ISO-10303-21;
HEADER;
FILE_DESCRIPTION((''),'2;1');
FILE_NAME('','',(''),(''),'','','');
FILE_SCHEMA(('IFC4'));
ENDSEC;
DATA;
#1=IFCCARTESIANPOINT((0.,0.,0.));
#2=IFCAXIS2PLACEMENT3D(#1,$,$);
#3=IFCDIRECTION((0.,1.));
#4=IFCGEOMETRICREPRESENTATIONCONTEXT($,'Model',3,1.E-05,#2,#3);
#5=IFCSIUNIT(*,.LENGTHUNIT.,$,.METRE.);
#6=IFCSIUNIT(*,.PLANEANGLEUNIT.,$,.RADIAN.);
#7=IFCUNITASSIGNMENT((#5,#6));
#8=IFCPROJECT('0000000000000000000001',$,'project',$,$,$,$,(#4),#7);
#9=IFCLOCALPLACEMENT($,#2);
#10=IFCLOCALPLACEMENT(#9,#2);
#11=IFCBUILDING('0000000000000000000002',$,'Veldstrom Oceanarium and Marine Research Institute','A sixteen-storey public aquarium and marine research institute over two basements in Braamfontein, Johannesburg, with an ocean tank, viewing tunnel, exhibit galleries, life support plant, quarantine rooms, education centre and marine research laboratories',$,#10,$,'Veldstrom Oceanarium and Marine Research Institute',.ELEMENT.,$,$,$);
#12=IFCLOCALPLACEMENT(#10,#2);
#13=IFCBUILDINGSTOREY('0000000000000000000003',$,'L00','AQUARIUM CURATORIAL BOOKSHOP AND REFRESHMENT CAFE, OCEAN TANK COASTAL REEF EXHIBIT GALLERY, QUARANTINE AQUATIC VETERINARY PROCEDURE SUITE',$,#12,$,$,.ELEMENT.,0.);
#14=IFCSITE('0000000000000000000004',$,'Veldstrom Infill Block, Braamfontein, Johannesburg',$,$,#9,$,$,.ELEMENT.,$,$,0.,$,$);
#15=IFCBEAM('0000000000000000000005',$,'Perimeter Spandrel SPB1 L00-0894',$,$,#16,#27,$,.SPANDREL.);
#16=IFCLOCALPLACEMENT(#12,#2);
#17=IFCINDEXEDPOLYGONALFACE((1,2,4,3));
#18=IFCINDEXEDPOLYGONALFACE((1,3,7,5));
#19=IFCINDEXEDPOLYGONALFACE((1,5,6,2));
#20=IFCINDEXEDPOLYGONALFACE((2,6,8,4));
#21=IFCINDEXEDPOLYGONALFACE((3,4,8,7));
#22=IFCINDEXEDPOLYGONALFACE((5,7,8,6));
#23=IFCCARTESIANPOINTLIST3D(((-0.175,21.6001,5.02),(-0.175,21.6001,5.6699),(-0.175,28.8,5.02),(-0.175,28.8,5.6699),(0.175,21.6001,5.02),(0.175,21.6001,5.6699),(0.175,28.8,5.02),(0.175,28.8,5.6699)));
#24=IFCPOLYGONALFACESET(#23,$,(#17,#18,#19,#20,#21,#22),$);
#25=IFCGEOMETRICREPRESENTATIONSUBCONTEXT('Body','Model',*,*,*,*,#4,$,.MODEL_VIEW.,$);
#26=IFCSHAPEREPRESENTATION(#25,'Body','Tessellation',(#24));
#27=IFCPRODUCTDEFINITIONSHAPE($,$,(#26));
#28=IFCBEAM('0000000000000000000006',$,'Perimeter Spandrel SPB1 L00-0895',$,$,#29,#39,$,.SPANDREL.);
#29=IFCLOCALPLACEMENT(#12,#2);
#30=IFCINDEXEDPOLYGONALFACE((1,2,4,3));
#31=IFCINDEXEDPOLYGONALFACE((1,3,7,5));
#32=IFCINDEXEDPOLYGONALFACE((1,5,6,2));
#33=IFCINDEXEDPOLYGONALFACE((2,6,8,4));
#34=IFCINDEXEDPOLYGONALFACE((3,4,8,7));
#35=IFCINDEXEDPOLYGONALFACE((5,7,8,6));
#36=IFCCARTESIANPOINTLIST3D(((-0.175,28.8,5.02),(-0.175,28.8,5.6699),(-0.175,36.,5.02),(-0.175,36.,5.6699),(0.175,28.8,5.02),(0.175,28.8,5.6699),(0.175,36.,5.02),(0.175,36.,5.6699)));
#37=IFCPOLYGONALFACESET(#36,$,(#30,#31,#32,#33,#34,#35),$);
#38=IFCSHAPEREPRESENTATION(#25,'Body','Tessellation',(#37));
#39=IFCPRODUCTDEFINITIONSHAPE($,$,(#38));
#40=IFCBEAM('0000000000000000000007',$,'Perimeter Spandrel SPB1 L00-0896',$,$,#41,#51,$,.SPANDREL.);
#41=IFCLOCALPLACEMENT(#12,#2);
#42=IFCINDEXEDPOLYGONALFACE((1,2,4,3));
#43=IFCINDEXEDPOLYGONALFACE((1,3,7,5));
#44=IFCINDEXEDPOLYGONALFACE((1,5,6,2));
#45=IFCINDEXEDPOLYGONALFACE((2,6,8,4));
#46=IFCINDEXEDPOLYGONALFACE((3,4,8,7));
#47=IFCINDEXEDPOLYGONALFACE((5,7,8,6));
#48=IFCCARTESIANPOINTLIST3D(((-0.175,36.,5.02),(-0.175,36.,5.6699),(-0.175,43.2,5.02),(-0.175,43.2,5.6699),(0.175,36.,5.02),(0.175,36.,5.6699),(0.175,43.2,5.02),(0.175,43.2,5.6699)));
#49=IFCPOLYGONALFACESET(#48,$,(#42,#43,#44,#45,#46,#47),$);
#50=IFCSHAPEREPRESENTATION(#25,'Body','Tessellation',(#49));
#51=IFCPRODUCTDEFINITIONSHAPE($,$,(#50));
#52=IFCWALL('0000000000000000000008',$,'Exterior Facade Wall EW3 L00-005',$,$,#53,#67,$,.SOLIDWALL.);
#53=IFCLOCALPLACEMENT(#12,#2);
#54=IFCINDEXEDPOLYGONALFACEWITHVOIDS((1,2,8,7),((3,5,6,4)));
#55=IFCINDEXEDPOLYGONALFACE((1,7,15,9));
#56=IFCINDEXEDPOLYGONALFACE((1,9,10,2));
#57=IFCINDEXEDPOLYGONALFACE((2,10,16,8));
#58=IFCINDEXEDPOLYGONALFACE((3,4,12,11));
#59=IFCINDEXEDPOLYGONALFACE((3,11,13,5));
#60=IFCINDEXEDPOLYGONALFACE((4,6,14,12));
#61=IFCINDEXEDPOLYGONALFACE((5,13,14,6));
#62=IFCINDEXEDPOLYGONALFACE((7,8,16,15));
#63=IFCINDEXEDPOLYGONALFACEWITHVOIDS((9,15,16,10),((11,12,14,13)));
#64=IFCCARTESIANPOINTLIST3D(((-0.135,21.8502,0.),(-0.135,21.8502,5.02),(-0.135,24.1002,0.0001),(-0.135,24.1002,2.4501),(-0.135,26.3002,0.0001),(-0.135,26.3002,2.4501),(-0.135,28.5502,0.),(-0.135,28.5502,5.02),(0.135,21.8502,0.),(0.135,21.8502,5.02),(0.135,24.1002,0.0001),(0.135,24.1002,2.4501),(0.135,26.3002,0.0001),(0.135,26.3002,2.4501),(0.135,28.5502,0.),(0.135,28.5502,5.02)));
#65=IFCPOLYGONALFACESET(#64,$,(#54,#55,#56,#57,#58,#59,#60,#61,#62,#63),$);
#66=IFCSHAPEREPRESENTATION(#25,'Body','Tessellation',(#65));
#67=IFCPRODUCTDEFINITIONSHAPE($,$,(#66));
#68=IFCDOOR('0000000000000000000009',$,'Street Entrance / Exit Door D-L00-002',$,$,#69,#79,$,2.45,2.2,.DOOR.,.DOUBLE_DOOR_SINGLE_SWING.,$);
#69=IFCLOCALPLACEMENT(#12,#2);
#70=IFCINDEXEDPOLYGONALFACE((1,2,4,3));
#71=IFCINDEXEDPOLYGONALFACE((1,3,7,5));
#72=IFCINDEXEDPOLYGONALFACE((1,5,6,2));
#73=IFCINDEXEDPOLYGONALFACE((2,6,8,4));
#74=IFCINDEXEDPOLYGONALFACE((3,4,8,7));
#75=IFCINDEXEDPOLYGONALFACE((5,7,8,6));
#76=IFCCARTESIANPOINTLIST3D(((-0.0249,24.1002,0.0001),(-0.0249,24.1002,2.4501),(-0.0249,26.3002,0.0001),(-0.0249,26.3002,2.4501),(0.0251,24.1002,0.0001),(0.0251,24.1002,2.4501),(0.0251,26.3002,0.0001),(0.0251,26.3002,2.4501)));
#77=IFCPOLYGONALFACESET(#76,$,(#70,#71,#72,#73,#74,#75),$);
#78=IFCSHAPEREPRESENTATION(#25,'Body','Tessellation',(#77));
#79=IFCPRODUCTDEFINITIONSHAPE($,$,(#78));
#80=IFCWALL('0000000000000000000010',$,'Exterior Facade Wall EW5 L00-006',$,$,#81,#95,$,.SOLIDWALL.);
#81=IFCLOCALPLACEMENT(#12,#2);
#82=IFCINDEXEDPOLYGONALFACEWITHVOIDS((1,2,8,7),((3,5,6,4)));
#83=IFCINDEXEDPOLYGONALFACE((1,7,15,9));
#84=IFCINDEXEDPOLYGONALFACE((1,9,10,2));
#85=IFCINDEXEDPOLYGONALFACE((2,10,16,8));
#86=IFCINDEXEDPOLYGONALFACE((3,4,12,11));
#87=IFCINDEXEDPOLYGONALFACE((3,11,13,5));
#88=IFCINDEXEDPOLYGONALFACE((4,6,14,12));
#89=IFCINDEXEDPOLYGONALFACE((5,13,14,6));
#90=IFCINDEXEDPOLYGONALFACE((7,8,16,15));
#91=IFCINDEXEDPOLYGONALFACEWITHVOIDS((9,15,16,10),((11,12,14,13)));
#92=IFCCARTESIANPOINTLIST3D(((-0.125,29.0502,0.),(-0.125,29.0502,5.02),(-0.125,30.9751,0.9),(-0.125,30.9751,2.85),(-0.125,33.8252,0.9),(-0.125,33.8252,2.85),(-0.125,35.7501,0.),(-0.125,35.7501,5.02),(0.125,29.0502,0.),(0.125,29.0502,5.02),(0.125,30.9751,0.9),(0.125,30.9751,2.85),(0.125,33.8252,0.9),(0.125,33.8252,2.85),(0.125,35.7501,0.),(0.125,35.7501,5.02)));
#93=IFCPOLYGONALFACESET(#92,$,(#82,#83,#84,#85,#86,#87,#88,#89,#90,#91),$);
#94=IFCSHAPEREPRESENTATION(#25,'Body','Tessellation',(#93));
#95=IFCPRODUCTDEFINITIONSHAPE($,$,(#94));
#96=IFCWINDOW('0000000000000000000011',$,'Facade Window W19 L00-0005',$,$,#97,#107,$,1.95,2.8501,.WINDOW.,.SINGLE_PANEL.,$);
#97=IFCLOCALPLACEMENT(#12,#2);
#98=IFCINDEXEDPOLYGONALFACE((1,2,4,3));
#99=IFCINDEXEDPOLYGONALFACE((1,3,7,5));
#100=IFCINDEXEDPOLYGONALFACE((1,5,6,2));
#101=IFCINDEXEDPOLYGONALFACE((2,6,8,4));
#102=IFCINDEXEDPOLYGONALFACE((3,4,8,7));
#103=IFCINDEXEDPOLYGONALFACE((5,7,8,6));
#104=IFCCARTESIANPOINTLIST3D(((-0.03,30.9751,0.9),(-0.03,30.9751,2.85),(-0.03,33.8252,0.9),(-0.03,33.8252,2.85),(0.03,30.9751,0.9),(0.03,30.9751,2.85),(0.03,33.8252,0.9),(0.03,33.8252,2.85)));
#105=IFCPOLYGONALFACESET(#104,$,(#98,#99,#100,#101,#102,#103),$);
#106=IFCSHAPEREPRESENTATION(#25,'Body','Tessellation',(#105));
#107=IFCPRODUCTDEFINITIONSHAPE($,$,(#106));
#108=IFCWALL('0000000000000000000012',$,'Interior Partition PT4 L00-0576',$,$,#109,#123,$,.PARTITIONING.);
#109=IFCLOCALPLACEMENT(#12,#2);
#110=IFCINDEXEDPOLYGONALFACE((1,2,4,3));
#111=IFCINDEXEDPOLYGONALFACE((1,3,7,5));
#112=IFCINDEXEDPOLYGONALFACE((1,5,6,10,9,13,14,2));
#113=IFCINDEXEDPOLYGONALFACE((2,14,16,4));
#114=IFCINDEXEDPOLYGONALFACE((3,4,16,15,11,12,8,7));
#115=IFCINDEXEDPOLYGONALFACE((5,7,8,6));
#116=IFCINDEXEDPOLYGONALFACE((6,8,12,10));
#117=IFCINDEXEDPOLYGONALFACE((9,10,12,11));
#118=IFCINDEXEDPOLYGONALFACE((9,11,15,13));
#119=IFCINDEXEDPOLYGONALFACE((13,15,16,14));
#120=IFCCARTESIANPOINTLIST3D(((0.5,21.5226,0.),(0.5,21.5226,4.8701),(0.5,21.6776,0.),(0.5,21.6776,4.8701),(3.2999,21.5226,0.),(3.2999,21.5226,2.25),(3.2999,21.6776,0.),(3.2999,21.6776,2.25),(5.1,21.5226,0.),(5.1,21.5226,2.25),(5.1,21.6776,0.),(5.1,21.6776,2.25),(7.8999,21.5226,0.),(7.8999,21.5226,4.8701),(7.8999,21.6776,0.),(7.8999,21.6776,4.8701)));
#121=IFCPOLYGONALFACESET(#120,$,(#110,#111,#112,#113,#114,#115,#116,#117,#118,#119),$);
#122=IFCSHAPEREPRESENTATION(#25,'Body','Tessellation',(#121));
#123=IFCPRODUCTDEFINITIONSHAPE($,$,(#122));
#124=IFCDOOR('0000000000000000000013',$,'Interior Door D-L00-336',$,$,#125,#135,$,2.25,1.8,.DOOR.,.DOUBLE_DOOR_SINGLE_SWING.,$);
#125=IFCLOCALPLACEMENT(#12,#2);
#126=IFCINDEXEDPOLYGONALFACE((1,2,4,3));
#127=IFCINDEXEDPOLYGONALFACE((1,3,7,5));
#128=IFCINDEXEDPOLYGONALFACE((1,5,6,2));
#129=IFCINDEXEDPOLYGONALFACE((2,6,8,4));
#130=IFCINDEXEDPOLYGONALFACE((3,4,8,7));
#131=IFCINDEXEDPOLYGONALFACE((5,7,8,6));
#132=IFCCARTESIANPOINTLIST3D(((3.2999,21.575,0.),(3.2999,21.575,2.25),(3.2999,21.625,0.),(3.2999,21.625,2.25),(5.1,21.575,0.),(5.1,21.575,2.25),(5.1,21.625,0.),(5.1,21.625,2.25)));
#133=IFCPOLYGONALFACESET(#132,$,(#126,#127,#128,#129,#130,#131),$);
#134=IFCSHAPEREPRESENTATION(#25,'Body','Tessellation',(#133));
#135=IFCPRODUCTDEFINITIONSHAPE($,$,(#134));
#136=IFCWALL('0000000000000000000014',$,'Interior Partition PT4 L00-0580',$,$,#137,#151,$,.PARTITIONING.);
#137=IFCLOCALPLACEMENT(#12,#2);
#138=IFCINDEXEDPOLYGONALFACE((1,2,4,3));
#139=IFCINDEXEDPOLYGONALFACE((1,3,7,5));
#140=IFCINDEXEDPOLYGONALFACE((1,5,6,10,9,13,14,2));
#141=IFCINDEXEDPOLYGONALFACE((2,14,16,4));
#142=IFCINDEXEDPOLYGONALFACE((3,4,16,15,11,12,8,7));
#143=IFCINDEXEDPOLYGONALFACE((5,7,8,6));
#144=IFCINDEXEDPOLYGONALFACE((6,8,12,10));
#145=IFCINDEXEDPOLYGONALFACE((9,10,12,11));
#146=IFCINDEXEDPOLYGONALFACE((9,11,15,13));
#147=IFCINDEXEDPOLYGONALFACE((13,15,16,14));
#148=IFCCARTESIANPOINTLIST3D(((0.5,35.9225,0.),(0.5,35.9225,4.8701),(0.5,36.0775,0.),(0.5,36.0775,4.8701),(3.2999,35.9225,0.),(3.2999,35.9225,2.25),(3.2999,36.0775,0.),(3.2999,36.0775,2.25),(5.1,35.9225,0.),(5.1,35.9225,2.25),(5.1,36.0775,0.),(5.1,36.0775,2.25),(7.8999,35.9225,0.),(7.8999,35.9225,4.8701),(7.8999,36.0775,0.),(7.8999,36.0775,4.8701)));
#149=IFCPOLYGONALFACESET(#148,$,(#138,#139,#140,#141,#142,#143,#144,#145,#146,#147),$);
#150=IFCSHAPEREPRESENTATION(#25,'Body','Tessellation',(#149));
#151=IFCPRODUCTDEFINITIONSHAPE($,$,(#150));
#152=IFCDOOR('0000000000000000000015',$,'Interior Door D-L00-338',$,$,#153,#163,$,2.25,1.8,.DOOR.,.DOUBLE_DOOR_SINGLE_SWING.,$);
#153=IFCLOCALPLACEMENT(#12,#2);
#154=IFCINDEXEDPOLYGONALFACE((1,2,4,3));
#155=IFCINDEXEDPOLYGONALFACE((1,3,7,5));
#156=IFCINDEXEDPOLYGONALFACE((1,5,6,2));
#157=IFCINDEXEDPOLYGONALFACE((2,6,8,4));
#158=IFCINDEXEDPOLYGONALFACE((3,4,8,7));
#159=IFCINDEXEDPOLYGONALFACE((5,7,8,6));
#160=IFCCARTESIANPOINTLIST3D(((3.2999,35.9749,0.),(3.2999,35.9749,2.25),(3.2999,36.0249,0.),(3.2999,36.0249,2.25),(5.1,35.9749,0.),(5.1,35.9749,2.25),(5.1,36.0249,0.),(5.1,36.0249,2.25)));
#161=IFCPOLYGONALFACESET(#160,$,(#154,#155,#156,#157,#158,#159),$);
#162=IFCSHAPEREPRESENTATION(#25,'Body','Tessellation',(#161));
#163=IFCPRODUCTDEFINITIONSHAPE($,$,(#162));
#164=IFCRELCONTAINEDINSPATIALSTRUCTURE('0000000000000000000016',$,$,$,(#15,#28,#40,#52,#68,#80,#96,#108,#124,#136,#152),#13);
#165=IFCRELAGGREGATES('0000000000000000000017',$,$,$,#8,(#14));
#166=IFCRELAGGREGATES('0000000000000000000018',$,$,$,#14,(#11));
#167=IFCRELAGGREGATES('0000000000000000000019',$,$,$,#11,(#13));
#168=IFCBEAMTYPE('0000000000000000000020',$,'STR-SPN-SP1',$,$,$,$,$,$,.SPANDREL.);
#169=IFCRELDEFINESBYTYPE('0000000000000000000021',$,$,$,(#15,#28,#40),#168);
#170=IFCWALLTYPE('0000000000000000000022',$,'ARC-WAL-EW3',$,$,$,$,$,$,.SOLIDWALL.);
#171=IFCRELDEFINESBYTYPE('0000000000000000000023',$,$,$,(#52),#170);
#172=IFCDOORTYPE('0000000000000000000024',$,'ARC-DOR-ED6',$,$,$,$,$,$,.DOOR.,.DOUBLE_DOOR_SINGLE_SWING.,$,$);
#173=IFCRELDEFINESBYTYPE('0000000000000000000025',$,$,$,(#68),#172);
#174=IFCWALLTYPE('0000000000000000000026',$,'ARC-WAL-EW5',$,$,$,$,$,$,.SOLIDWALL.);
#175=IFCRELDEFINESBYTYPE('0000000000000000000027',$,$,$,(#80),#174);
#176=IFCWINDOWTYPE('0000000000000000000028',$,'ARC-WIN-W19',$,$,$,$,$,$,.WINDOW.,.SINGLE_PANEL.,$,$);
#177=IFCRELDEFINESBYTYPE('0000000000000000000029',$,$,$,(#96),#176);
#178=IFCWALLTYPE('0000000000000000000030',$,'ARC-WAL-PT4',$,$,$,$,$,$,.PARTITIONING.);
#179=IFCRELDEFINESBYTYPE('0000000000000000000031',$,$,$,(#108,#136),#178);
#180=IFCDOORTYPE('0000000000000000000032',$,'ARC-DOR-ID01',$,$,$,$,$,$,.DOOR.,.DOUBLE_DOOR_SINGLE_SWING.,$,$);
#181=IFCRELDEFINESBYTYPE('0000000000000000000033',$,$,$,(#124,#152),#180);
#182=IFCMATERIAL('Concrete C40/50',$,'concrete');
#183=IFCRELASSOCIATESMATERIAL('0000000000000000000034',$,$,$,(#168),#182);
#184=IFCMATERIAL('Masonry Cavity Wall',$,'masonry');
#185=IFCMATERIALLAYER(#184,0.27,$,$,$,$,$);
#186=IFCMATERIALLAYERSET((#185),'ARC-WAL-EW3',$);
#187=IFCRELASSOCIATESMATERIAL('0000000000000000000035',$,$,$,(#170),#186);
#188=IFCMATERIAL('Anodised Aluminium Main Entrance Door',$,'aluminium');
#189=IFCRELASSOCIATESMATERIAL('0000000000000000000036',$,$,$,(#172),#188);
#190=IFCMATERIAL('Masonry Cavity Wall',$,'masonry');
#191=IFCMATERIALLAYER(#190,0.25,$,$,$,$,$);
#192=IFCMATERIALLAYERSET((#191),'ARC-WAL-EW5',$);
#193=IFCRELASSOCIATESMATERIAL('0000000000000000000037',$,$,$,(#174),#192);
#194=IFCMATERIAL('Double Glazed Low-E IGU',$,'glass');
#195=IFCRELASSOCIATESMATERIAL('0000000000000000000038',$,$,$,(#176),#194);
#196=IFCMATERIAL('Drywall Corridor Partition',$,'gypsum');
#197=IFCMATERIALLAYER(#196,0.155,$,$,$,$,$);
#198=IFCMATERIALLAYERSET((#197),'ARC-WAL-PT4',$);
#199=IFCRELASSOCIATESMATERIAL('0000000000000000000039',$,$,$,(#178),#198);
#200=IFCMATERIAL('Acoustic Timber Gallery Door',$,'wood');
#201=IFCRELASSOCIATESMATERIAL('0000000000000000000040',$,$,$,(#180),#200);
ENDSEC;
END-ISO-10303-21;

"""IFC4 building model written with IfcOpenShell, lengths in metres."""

from ifc_helpers import new_model, si_unit, direction, frame, frame_2d, origin, origin_2d, place, context, subcontext, project, spatial, rectangle, extrude, material, layer, layer_set, material_profile, profile_set, type_object, element, fill, save


model = new_model("IFC4")

# Units and contexts
model_context = context("Model", 3, precision=1e-05, world=origin(), true_north=direction((0.0, 1.0)))
body_context = subcontext(model_context, "Body", "Model", "MODEL_VIEW")
ifc_project = project(units=[si_unit("LENGTHUNIT", "METRE"), si_unit("PLANEANGLEUNIT", "RADIAN")], contexts=[model_context])

# Site, building, storey
site_placement = place(None, origin())
site = spatial("IfcSite", under=ifc_project, at=site_placement, Name="Veldstrom Infill Block, Braamfontein, Johannesburg", CompositionType="ELEMENT", RefElevation=0.0)
building_placement = place(site_placement, origin())
building = spatial("IfcBuilding", under=site, at=building_placement, Name="Veldstrom Oceanarium and Marine Research Institute", Description="A sixteen-storey public aquarium and marine research institute over two basements in Braamfontein, Johannesburg, with an ocean tank, viewing tunnel, exhibit galleries, life support plant, quarantine rooms, education centre and marine research laboratories", LongName="Veldstrom Oceanarium and Marine Research Institute", CompositionType="ELEMENT")
storey_placement = place(building_placement, origin())
storey = spatial("IfcBuildingStorey", under=building, at=storey_placement, Name="L00", Description="AQUARIUM CURATORIAL BOOKSHOP AND REFRESHMENT CAFE, OCEAN TANK COASTAL REEF EXHIBIT GALLERY, QUARANTINE AQUATIC VETERINARY PROCEDURE SUITE", CompositionType="ELEMENT", Elevation=0.0)

# Beams
ifc_material_1 = material(Name="Concrete C40/50", Category="concrete")
ifc_material_profile_1 = material_profile(ifc_material_1, rectangle(XDim=0.3501, YDim=0.6499, at=origin_2d()), Name="RC-SPN-350x650")
ifc_profile_set_1 = profile_set([ifc_material_profile_1], Name="Concrete C40/50")
beam_type_1 = type_object("IfcBeamType", Name="STR-SPN-SP1", PredefinedType="SPANDREL", material=ifc_profile_set_1)
for number, where, z_axis, x_axis, name in (
    (1, (0.0, 21.6001, 5.345), (0.0, 1.0, 0.0), (-1.0, 0.0, 0.0), "Perimeter Spandrel SPB1 L00-0894"),
    (2, (0.0, 28.8, 5.345), (0.0, 1.0, 0.0), (-1.0, 0.0, 0.0), "Perimeter Spandrel SPB1 L00-0895"),
    (3, (0.0, 36.0, 5.345), (0.0, 1.0, 0.0), (-1.0, 0.0, 0.0), "Perimeter Spandrel SPB1 L00-0896"),
):
    element("IfcBeam", number, at=place(storey_placement, frame(where, z_axis=z_axis, x_axis=x_axis)), inside=storey, type_object=beam_type_1, Name=name, PredefinedType="SPANDREL", context=body_context, shape_type="SweptSolid", body=[
        extrude(rectangle(XDim=0.3501, YDim=0.6499, at=origin_2d()), origin(), (0.0, 0.0, 1.0), 7.2),
    ])

# Wall, opening, door
ifc_material_2 = material(Name="Masonry Cavity Wall", Category="masonry")
ifc_layer_1 = layer(ifc_material_2, 0.27)
ifc_layer_set_1 = layer_set([ifc_layer_1], Name="ARC-WAL-EW3")
wall_type_1 = type_object("IfcWallType", Name="ARC-WAL-EW3", PredefinedType="SOLIDWALL", material=ifc_layer_set_1)
wall_1_placement = place(storey_placement, frame((0.0, 21.8501, 0.0), z_axis=(0.0, 0.0, 1.0), x_axis=(0.0, 1.0, 0.0)))
wall_1 = element("IfcWall", 4, at=wall_1_placement, inside=storey, type_object=wall_type_1, Name="Exterior Facade Wall EW3 L00-005", PredefinedType="SOLIDWALL", context=body_context, shape_type="SweptSolid", body=[
    extrude(rectangle(XDim=6.7, YDim=0.27, at=frame_2d((3.3501, 0.0))), origin(), (0.0, 0.0, 1.0), 5.02),
])
opening_1_placement = place(wall_1_placement, frame((2.25, 0.0, 0.0)))
opening_1 = element("IfcOpeningElement", 5, at=opening_1_placement, cuts=wall_1, PredefinedType="OPENING", context=body_context, shape_type="SweptSolid", body=[
    extrude(rectangle(XDim=2.2, YDim=2.45, at=frame_2d((1.1001, 1.2251))), frame((0.0, 0.145, 0.0), z_axis=(0.0, -1.0, 0.0), x_axis=(1.0, 0.0, 0.0)), (0.0, 0.0, 1.0), 0.29),
])
ifc_material_3 = material(Name="Anodised Aluminium Main Entrance Door", Category="aluminium")
door_type_1 = type_object("IfcDoorType", Name="ARC-DOR-ED6", OperationType="DOUBLE_DOOR_SINGLE_SWING", PredefinedType="DOOR", material=ifc_material_3)
door_1_placement = place(opening_1_placement, origin())
door_1 = element("IfcDoor", 6, at=door_1_placement, inside=storey, type_object=door_type_1, Name="Street Entrance / Exit Door D-L00-002", OperationType="DOUBLE_DOOR_SINGLE_SWING", OverallHeight=2.45, OverallWidth=2.2, PredefinedType="DOOR", context=body_context, shape_type="SweptSolid", body=[
    extrude(rectangle(XDim=2.2, YDim=2.45, at=frame_2d((1.1001, 1.2251))), frame((0.0, 0.0249, 0.0), z_axis=(0.0, -1.0, 0.0), x_axis=(1.0, 0.0, 0.0)), (0.0, 0.0, 1.0), 0.05),
])
fill(opening_1, door_1)

# Wall, opening, window
ifc_material_4 = material(Name="Masonry Cavity Wall", Category="masonry")
ifc_layer_2 = layer(ifc_material_4, 0.25)
ifc_layer_set_2 = layer_set([ifc_layer_2], Name="ARC-WAL-EW5")
wall_type_2 = type_object("IfcWallType", Name="ARC-WAL-EW5", PredefinedType="SOLIDWALL", material=ifc_layer_set_2)
wall_2_placement = place(storey_placement, frame((0.0, 29.05, 0.0), z_axis=(0.0, 0.0, 1.0), x_axis=(0.0, 1.0, 0.0)))
wall_2 = element("IfcWall", 7, at=wall_2_placement, inside=storey, type_object=wall_type_2, Name="Exterior Facade Wall EW5 L00-006", PredefinedType="SOLIDWALL", context=body_context, shape_type="SweptSolid", body=[
    extrude(rectangle(XDim=6.7, YDim=0.25, at=frame_2d((3.3501, 0.0))), origin(), (0.0, 0.0, 1.0), 5.02),
])
opening_2_placement = place(wall_2_placement, frame((1.925, 0.0, 0.8999)))
opening_2 = element("IfcOpeningElement", 8, at=opening_2_placement, cuts=wall_2, PredefinedType="OPENING", context=body_context, shape_type="SweptSolid", body=[
    extrude(rectangle(XDim=2.8501, YDim=1.95, at=frame_2d((1.425, 0.9751))), frame((0.0, 0.135, 0.0), z_axis=(0.0, -1.0, 0.0), x_axis=(1.0, 0.0, 0.0)), (0.0, 0.0, 1.0), 0.27),
])
ifc_material_5 = material(Name="Double Glazed Low-E IGU", Category="glass")
window_type = type_object("IfcWindowType", Name="ARC-WIN-W19", PartitioningType="SINGLE_PANEL", PredefinedType="WINDOW", material=ifc_material_5)
window_placement = place(opening_2_placement, origin())
window = element("IfcWindow", 9, at=window_placement, inside=storey, type_object=window_type, Name="Facade Window W19 L00-0005", OverallHeight=1.95, OverallWidth=2.8501, PartitioningType="SINGLE_PANEL", PredefinedType="WINDOW", context=body_context, shape_type="SweptSolid", body=[
    extrude(rectangle(XDim=2.8501, YDim=1.95, at=frame_2d((1.425, 0.9751))), frame((0.0, 0.03, 0.0), z_axis=(0.0, -1.0, 0.0), x_axis=(1.0, 0.0, 0.0)), (0.0, 0.0, 1.0), 0.0601),
])
fill(opening_2, window)

# Walls, openings, doors
ifc_material_6 = material(Name="Drywall Corridor Partition", Category="gypsum")
ifc_layer_3 = layer(ifc_material_6, 0.155)
ifc_layer_set_3 = layer_set([ifc_layer_3], Name="ARC-WAL-PT4")
wall_type_3 = type_object("IfcWallType", Name="ARC-WAL-PT4", PredefinedType="PARTITIONING", material=ifc_layer_set_3)
wall_3_placement = place(storey_placement, frame((0.5, 21.6001, 0.0), z_axis=(0.0, 0.0, 1.0), x_axis=(1.0, 0.0, 0.0)))
wall_3 = element("IfcWall", 10, at=wall_3_placement, inside=storey, type_object=wall_type_3, Name="Interior Partition PT4 L00-0576", PredefinedType="PARTITIONING", context=body_context, shape_type="SweptSolid", body=[
    extrude(rectangle(XDim=7.3999, YDim=0.155, at=frame_2d((3.7, 0.0))), origin(), (0.0, 0.0, 1.0), 4.8701),
])
opening_3_placement = place(wall_3_placement, frame((2.8, 0.0, 0.0)))
opening_3 = element("IfcOpeningElement", 11, at=opening_3_placement, cuts=wall_3, PredefinedType="OPENING", context=body_context, shape_type="SweptSolid", body=[
    extrude(rectangle(XDim=1.8, YDim=2.25, at=frame_2d((0.8999, 1.125))), frame((0.0, 0.0874, 0.0), z_axis=(0.0, -1.0, 0.0), x_axis=(1.0, 0.0, 0.0)), (0.0, 0.0, 1.0), 0.175),
])
ifc_material_7 = material(Name="Acoustic Timber Gallery Door", Category="wood")
door_type_2 = type_object("IfcDoorType", Name="ARC-DOR-ID01", OperationType="DOUBLE_DOOR_SINGLE_SWING", PredefinedType="DOOR", material=ifc_material_7)
door_2_placement = place(opening_3_placement, origin())
door_2 = element("IfcDoor", 12, at=door_2_placement, inside=storey, type_object=door_type_2, Name="Interior Door D-L00-336", OperationType="DOUBLE_DOOR_SINGLE_SWING", OverallHeight=2.25, OverallWidth=1.8, PredefinedType="DOOR", context=body_context, shape_type="SweptSolid", body=[
    extrude(rectangle(XDim=1.8, YDim=2.25, at=frame_2d((0.8999, 1.125))), frame((0.0, 0.0249, 0.0), z_axis=(0.0, -1.0, 0.0), x_axis=(1.0, 0.0, 0.0)), (0.0, 0.0, 1.0), 0.05),
])
fill(opening_3, door_2)
wall_4_placement = place(storey_placement, frame((0.5, 36.0, 0.0), z_axis=(0.0, 0.0, 1.0), x_axis=(1.0, 0.0, 0.0)))
wall_4 = element("IfcWall", 13, at=wall_4_placement, inside=storey, type_object=wall_type_3, Name="Interior Partition PT4 L00-0580", PredefinedType="PARTITIONING", context=body_context, shape_type="SweptSolid", body=[
    extrude(rectangle(XDim=7.3999, YDim=0.155, at=frame_2d((3.7, 0.0))), origin(), (0.0, 0.0, 1.0), 4.8701),
])
opening_4_placement = place(wall_4_placement, frame((2.8, 0.0, 0.0)))
opening_4 = element("IfcOpeningElement", 14, at=opening_4_placement, cuts=wall_4, PredefinedType="OPENING", context=body_context, shape_type="SweptSolid", body=[
    extrude(rectangle(XDim=1.8, YDim=2.25, at=frame_2d((0.8999, 1.125))), frame((0.0, 0.0874, 0.0), z_axis=(0.0, -1.0, 0.0), x_axis=(1.0, 0.0, 0.0)), (0.0, 0.0, 1.0), 0.175),
])
door_3_placement = place(opening_4_placement, origin())
door_3 = element("IfcDoor", 15, at=door_3_placement, inside=storey, type_object=door_type_2, Name="Interior Door D-L00-338", OperationType="DOUBLE_DOOR_SINGLE_SWING", OverallHeight=2.25, OverallWidth=1.8, PredefinedType="DOOR", context=body_context, shape_type="SweptSolid", body=[
    extrude(rectangle(XDim=1.8, YDim=2.25, at=frame_2d((0.8999, 1.125))), frame((0.0, 0.0249, 0.0), z_axis=(0.0, -1.0, 0.0), x_axis=(1.0, 0.0, 0.0)), (0.0, 0.0, 1.0), 0.05),
])
fill(opening_4, door_3)

save(model, "model.ifc")
